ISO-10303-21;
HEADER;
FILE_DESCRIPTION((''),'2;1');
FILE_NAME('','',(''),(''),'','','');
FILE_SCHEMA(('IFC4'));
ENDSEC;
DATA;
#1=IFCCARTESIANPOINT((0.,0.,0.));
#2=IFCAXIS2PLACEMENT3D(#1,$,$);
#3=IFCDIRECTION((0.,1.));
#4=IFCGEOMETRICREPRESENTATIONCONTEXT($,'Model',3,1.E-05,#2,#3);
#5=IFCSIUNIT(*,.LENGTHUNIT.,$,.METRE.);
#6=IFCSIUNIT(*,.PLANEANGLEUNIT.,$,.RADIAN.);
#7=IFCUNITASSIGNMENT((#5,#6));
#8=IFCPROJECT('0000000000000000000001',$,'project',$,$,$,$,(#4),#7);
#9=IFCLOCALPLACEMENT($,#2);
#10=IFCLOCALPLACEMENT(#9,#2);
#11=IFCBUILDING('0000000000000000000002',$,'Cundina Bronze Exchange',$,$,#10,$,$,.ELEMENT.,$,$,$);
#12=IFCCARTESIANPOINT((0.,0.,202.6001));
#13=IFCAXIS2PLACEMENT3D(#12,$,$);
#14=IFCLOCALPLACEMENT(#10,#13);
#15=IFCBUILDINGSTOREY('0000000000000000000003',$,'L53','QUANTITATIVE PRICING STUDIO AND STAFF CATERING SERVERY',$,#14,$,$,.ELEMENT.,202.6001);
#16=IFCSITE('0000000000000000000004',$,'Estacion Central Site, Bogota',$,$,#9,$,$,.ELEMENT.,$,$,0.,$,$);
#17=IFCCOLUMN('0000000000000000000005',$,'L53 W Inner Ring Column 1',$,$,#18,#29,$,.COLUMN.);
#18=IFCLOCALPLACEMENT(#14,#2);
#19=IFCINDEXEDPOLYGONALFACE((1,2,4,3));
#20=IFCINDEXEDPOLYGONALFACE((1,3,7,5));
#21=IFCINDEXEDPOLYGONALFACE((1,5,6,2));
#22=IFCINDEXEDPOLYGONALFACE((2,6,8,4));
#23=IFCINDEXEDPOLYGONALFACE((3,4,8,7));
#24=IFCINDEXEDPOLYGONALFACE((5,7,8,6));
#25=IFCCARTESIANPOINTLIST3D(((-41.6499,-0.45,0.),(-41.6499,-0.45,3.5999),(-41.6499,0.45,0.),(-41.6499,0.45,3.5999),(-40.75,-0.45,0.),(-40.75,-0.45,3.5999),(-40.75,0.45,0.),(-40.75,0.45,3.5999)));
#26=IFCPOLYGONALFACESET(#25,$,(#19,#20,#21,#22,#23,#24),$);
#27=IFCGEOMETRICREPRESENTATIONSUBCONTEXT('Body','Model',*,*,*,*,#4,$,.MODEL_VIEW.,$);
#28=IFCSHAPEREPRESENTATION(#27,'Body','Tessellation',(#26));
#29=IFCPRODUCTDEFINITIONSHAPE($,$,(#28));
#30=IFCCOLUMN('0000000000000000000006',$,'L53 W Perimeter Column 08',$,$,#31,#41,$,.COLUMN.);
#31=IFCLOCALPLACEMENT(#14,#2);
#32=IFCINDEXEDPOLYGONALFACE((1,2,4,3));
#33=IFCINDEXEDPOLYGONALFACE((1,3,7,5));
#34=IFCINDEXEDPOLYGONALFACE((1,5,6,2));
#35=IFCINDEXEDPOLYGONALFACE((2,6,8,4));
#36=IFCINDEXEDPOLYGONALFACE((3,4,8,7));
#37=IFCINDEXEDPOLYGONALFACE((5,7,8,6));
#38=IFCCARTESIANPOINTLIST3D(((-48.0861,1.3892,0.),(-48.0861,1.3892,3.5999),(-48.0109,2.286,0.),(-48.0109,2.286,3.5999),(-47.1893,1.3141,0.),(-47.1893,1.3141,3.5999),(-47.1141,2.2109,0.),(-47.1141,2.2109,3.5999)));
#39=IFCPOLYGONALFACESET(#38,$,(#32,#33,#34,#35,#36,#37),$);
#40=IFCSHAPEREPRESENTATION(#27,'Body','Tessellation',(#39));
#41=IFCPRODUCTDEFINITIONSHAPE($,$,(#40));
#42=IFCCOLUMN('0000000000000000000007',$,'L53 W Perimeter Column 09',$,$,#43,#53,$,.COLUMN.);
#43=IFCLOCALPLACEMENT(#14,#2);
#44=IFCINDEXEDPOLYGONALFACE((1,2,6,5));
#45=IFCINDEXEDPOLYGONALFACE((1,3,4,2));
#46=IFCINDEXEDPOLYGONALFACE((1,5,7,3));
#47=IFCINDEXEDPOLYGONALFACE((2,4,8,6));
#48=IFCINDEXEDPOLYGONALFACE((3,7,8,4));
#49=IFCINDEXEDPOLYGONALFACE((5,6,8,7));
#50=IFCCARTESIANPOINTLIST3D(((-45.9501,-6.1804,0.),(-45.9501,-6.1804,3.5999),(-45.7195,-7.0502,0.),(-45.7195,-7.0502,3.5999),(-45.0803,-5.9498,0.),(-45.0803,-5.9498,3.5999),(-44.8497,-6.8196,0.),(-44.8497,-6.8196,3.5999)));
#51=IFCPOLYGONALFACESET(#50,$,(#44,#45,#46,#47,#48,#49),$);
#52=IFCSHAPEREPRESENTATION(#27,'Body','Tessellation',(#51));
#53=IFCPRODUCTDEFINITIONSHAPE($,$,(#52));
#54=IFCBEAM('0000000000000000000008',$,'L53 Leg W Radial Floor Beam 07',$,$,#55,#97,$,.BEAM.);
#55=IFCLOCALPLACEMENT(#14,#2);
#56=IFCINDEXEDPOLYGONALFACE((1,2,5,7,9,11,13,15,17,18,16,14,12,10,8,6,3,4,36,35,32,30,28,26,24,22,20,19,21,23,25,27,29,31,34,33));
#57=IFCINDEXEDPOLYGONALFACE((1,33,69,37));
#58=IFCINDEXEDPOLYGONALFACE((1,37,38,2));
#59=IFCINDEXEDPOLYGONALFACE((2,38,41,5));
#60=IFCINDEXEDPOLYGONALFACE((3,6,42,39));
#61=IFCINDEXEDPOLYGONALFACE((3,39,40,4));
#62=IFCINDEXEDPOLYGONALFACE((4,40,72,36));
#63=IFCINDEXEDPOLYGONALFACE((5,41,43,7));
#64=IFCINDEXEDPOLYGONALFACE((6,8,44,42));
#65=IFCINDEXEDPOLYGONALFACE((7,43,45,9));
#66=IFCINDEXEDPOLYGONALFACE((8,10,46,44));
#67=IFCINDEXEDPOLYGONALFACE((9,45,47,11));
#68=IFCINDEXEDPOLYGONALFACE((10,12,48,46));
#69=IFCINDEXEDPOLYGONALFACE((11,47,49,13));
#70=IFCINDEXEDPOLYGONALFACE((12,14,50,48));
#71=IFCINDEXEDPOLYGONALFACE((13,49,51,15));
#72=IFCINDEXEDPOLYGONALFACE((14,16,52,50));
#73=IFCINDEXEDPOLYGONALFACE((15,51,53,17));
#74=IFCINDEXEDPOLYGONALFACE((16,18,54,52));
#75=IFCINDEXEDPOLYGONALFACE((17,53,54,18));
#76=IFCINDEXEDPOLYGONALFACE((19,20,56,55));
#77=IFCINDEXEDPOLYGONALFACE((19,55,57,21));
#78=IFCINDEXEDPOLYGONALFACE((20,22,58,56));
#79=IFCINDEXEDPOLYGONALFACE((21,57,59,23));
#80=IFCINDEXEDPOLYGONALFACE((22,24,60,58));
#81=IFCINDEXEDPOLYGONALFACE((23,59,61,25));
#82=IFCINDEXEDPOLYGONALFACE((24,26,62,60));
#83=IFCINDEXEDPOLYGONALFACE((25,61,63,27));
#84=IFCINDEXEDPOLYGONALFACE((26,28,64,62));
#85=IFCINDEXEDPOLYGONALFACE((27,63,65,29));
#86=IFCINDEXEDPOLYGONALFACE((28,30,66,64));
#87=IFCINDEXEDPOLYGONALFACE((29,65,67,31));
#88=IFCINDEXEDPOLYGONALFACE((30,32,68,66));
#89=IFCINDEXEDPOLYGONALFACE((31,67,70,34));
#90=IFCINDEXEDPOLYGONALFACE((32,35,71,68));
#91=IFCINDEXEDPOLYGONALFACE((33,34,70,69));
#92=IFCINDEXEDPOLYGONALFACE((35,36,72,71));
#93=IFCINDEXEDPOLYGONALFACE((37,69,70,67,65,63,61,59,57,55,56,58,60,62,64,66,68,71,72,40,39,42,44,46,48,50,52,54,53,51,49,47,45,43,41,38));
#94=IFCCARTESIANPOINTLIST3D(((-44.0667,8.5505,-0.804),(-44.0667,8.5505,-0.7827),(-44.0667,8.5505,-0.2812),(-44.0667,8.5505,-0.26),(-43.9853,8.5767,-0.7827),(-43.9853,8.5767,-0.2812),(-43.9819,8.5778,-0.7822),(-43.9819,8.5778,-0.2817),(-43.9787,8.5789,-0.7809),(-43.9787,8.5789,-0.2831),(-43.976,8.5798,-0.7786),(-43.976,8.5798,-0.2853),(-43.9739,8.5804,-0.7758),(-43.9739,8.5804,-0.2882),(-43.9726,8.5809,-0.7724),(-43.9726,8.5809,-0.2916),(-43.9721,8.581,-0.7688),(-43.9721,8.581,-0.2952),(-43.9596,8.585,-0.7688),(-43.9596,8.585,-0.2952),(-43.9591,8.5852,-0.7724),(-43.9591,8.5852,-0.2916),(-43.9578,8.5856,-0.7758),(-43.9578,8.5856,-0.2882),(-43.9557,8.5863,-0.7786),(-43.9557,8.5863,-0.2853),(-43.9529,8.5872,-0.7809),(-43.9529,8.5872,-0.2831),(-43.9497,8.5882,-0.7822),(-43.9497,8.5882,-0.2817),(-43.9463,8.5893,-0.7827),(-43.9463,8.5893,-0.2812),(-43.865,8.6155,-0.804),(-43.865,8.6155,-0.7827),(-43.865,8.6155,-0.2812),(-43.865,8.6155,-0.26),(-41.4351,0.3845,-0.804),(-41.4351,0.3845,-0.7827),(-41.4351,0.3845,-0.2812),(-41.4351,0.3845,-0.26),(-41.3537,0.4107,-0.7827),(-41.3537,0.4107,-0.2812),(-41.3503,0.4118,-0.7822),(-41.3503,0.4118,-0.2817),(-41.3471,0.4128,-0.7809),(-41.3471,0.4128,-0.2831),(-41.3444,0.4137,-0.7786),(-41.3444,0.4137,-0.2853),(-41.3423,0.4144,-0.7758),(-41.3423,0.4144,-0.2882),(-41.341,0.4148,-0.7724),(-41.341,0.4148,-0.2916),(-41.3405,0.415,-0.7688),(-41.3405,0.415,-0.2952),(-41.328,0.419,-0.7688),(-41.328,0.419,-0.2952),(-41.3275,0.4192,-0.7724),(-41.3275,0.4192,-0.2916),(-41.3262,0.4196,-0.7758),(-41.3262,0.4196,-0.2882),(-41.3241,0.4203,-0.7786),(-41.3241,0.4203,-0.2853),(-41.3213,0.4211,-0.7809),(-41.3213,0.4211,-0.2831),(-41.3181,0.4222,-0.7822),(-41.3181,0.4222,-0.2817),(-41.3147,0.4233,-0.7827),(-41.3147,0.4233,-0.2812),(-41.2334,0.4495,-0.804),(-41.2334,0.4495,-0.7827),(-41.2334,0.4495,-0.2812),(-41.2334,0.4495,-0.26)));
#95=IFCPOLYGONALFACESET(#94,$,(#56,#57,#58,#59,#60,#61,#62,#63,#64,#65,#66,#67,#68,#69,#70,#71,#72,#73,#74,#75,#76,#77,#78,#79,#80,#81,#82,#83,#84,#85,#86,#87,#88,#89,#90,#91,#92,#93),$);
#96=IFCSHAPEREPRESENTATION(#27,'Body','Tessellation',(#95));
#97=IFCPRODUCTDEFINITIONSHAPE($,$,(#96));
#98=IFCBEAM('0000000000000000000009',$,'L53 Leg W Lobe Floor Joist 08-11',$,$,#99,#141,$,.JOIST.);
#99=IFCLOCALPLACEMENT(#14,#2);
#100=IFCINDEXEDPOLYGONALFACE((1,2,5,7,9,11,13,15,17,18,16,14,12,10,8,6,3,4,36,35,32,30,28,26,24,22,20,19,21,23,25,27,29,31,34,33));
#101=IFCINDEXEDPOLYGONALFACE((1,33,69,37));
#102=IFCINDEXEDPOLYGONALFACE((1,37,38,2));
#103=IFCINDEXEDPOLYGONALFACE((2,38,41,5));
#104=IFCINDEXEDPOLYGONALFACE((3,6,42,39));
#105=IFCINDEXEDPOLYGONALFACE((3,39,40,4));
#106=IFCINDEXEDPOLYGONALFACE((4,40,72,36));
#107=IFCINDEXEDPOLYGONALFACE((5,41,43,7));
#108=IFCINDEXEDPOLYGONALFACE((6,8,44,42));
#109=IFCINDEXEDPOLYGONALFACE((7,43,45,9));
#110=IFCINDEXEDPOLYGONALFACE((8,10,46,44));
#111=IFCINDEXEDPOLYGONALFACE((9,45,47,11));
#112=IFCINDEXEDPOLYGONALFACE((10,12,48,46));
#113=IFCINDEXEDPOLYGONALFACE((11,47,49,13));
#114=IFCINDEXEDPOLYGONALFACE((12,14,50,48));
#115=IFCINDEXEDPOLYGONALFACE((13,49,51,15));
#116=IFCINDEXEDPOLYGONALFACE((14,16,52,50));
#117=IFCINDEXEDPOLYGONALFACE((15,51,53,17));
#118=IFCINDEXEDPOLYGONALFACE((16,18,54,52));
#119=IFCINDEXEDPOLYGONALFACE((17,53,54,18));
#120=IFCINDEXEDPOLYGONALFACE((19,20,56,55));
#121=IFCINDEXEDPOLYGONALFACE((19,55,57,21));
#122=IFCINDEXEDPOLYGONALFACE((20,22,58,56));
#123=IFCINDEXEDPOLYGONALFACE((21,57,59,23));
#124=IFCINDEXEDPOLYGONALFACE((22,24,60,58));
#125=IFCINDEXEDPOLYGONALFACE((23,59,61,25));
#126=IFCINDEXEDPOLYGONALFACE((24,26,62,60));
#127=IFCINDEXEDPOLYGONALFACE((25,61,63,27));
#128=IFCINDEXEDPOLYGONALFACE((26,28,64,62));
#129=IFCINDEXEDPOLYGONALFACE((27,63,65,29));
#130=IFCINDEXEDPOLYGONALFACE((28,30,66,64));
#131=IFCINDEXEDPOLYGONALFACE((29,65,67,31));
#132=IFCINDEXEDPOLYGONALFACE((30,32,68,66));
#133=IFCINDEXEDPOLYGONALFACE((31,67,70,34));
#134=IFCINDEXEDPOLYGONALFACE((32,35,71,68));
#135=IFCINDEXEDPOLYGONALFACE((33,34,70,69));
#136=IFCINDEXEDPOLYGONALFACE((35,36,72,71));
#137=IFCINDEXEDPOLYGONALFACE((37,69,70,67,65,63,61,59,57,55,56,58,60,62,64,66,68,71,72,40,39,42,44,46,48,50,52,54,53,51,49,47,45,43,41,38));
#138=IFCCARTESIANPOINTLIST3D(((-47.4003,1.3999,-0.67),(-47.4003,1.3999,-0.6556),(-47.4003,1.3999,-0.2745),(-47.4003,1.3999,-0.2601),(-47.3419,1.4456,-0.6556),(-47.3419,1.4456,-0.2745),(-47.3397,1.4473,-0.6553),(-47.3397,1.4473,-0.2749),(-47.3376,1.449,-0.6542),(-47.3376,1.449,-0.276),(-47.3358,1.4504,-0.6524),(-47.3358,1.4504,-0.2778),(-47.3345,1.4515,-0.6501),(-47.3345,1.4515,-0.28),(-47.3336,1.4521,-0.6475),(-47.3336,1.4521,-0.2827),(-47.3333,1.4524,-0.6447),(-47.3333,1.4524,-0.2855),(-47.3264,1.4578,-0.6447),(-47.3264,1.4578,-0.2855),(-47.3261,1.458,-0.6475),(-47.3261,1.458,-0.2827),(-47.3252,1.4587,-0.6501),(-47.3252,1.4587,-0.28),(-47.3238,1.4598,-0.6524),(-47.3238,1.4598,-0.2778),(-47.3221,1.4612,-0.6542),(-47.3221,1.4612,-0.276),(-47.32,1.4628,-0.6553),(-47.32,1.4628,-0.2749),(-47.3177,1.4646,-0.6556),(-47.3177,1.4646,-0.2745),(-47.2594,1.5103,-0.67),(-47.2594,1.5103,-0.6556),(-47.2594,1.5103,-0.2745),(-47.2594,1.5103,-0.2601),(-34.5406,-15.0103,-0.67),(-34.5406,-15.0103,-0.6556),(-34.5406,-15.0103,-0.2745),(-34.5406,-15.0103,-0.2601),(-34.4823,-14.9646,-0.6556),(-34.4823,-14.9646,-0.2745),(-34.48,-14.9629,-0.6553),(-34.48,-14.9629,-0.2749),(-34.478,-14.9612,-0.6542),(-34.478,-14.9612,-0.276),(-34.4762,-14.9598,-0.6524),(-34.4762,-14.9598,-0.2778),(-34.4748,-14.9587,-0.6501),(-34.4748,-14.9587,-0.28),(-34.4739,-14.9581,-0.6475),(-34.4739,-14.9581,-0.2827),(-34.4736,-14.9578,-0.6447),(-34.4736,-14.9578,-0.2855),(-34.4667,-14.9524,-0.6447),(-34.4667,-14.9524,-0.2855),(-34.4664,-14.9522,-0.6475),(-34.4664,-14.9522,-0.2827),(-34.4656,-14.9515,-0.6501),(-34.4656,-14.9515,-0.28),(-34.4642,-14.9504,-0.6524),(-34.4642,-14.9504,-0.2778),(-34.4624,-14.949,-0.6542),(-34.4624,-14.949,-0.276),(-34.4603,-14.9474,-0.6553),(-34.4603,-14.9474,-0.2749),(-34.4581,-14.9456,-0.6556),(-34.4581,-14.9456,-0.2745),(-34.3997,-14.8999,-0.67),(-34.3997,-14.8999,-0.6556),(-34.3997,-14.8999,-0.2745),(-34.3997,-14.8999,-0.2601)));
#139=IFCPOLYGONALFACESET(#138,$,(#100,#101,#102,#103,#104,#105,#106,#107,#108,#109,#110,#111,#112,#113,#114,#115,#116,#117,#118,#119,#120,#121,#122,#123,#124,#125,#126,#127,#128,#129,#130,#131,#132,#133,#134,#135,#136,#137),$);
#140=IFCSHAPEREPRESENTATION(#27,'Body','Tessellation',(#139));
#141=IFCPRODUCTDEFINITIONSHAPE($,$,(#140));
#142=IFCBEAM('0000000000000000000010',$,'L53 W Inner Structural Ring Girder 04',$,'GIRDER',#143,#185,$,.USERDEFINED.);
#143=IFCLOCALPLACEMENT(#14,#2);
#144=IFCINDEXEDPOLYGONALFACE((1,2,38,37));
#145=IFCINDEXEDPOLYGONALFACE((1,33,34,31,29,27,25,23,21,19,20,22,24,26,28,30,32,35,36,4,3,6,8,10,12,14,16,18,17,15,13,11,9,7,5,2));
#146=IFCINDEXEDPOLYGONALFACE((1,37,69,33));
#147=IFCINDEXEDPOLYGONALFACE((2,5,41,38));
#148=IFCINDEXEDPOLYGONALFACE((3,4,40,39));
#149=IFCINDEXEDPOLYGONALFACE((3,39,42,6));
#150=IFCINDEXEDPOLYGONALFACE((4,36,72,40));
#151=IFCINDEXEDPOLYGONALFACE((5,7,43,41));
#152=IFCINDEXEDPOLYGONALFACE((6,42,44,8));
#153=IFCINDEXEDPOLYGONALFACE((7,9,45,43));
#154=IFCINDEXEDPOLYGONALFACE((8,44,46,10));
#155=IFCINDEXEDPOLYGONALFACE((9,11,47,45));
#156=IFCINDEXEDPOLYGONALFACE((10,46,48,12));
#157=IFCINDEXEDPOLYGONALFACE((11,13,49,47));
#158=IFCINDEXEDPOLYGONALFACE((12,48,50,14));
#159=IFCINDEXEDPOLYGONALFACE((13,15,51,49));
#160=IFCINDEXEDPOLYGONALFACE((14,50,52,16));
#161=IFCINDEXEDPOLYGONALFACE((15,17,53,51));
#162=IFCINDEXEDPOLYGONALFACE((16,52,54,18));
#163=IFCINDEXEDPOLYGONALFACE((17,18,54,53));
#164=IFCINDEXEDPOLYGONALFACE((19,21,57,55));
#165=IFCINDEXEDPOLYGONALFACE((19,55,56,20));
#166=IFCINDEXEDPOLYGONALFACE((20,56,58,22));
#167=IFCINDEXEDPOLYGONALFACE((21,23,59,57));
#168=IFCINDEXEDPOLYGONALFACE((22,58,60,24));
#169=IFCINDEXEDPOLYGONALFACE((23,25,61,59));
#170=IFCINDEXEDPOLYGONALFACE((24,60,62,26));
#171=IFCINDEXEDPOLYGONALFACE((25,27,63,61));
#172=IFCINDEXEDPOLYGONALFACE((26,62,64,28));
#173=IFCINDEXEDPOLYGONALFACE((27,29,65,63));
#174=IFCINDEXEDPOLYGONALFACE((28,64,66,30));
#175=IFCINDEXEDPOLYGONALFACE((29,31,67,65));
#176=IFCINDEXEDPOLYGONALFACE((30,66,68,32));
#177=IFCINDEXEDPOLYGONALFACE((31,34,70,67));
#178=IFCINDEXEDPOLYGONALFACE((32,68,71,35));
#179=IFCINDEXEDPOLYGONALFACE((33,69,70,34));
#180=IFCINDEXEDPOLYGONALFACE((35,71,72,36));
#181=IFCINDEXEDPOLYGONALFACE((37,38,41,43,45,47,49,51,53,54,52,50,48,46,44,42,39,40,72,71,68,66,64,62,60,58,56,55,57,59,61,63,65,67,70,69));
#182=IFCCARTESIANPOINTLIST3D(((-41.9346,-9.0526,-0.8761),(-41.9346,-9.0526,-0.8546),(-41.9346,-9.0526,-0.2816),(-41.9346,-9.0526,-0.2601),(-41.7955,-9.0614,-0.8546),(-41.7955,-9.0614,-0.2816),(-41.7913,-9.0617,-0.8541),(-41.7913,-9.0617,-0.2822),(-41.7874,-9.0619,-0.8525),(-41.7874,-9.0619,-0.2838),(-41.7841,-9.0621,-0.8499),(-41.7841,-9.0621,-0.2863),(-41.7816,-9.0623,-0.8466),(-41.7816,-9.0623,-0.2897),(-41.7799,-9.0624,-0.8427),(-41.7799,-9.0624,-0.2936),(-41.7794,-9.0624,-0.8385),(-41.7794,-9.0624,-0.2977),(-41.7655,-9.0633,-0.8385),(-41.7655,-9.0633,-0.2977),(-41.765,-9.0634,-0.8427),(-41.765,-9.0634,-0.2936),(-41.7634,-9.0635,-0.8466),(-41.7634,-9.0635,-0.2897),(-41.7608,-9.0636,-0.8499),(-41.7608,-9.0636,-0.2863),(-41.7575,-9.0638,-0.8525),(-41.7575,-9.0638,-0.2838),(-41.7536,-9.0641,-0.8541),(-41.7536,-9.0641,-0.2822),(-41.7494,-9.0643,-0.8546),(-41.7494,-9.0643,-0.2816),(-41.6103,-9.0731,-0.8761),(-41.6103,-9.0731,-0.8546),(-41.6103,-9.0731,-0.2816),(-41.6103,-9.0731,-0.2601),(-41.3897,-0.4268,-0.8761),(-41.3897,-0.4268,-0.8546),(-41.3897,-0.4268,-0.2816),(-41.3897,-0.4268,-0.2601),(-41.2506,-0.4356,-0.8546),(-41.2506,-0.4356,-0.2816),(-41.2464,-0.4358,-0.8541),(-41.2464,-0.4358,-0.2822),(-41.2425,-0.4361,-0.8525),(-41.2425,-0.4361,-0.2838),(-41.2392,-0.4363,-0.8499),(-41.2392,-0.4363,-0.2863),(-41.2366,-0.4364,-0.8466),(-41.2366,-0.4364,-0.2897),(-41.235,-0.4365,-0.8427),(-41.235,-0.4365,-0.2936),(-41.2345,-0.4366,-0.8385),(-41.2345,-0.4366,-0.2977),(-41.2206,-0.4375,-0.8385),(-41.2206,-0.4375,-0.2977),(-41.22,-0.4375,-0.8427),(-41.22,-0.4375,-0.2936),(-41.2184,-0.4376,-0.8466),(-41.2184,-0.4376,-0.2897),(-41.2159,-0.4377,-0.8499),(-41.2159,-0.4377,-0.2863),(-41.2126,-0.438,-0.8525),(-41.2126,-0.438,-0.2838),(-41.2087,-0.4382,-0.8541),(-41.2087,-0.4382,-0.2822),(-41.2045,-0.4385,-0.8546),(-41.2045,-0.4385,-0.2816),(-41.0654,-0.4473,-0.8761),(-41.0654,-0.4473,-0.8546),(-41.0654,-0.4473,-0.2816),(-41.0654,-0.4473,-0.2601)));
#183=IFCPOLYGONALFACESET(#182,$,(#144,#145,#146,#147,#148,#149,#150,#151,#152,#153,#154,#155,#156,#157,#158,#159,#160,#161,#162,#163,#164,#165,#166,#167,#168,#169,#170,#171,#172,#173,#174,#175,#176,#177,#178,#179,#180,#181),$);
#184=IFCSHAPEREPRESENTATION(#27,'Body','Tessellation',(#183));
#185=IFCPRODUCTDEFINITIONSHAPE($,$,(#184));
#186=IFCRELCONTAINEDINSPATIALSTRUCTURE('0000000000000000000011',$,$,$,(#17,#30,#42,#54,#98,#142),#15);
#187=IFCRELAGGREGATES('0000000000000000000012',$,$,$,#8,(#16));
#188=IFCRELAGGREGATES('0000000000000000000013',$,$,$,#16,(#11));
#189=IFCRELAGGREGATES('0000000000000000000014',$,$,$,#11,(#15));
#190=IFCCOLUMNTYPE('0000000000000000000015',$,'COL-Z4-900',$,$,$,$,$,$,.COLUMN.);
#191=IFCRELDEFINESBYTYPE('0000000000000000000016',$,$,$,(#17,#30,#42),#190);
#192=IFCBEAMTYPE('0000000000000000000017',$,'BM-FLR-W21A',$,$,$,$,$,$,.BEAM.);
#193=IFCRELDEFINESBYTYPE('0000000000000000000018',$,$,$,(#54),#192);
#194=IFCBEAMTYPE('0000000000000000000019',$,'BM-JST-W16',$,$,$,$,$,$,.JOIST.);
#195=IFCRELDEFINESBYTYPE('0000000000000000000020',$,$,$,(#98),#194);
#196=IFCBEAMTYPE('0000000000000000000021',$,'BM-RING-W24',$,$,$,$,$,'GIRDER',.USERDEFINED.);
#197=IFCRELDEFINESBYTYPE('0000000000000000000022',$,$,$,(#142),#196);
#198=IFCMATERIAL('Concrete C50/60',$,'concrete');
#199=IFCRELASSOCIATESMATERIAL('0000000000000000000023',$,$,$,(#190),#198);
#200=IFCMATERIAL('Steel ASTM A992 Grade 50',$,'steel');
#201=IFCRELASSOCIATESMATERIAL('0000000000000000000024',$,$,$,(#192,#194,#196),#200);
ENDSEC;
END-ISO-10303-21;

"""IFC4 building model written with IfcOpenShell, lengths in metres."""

from ifc_helpers import new_model, si_unit, direction, frame, origin, origin_2d, place, context, subcontext, project, spatial, rectangle, i_section, extrude, material, material_profile, profile_set, type_object, element, save


model = new_model("IFC4")

# Units and contexts
model_context = context("Model", 3, precision=1e-05, world=origin(), true_north=direction((0.0, 1.0)))
body_context = subcontext(model_context, "Body", "Model", "MODEL_VIEW")
ifc_project = project(units=[si_unit("LENGTHUNIT", "METRE"), si_unit("PLANEANGLEUNIT", "RADIAN")], contexts=[model_context])

# Site, building, storey
site_placement = place(None, origin())
site = spatial("IfcSite", under=ifc_project, at=site_placement, Name="Estacion Central Site, Bogota", CompositionType="ELEMENT", RefElevation=0.0)
building_placement = place(site_placement, origin())
building = spatial("IfcBuilding", under=site, at=building_placement, Name="Cundina Bronze Exchange", CompositionType="ELEMENT")
storey_placement = place(building_placement, frame((0.0, 0.0, 202.6001)))
storey = spatial("IfcBuildingStorey", under=building, at=storey_placement, Name="L53", Description="QUANTITATIVE PRICING STUDIO AND STAFF CATERING SERVERY", CompositionType="ELEMENT", Elevation=202.6001)

# Columns
ifc_material_1 = material(Name="Concrete C50/60", Category="concrete")
ifc_material_profile_1 = material_profile(ifc_material_1, rectangle(XDim=0.8999, YDim=0.8999, at=origin_2d()), Name="RC900X900", Category="concrete")
ifc_profile_set_1 = profile_set([ifc_material_profile_1], Name="Concrete C50/60")
column_type = type_object("IfcColumnType", Name="COL-Z4-900", PredefinedType="COLUMN", material=ifc_profile_set_1)
for number, where, z_axis, x_axis, name in (
    (1, (-41.2, 0.0, 0.0), (0.0, 0.0, 1.0), (1.0, 0.0, 0.0), "L53 W Inner Ring Column 1"),
    (2, (-47.6001, 1.8, 0.0), (0.0, 0.0, 1.0), (-0.083504, -0.996507, 0.0), "L53 W Perimeter Column 08"),
    (3, (-45.3999, -6.5, 0.0), (0.0, 0.0, 1.0), (0.256289, -0.9666, 0.0), "L53 W Perimeter Column 09"),
):
    element("IfcColumn", number, at=place(storey_placement, frame(where, z_axis=z_axis, x_axis=x_axis)), inside=storey, type_object=column_type, Name=name, PredefinedType="COLUMN", context=body_context, shape_type="SweptSolid", body=[
        extrude(rectangle(XDim=0.8999, YDim=0.8999, at=origin_2d()), origin(), (0.0, 0.0, 1.0), 3.5999),
    ])

# Beams
ifc_material_2 = material(Name="Steel ASTM A992 Grade 50", Category="steel")
ifc_material_profile_2 = material_profile(ifc_material_2, i_section(OverallWidth=0.2119, OverallDepth=0.5439, WebThickness=0.0132, FlangeThickness=0.0212, FilletRadius=0.0139, at=origin_2d()), Name="W21X83", Category="steel")
ifc_profile_set_2 = profile_set([ifc_material_profile_2], Name="Steel ASTM A992 Grade 50")
beam_type_1 = type_object("IfcBeamType", Name="BM-FLR-W21A", PredefinedType="BEAM", material=ifc_profile_set_2)
beam_1_placement = place(storey_placement, frame((-41.3342, 0.417, -0.532), z_axis=(-0.306728, 0.951797, 0.0), x_axis=(-0.951797, -0.306728, 0.0)))
element("IfcBeam", 4, at=beam_1_placement, inside=storey, type_object=beam_type_1, Name="L53 Leg W Radial Floor Beam 07", PredefinedType="BEAM", context=body_context, shape_type="SweptSolid", body=[
    extrude(i_section(OverallWidth=0.2119, OverallDepth=0.5439, WebThickness=0.0132, FlangeThickness=0.0212, FilletRadius=0.0139, at=origin_2d()), origin(), (0.0, 0.0, 1.0), 8.5796),
])
ifc_material_profile_3 = material_profile(ifc_material_2, i_section(OverallWidth=0.179, OverallDepth=0.4099, WebThickness=0.0088, FlangeThickness=0.0144, FilletRadius=0.011, at=origin_2d()), Name="W16X45", Category="steel")
ifc_profile_set_3 = profile_set([ifc_material_profile_3], Name="Steel ASTM A992 Grade 50")
beam_type_2 = type_object("IfcBeamType", Name="BM-JST-W16", PredefinedType="JOIST", material=ifc_profile_set_3)
beam_2_placement = place(storey_placement, frame((-47.3298, 1.4551, -0.4651), z_axis=(0.61681, -0.787112, 0.0), x_axis=(0.787112, 0.61681, 0.0)))
element("IfcBeam", 5, at=beam_2_placement, inside=storey, type_object=beam_type_2, Name="L53 Leg W Lobe Floor Joist 08-11", PredefinedType="JOIST", context=body_context, shape_type="SweptSolid", body=[
    extrude(i_section(OverallWidth=0.179, OverallDepth=0.4099, WebThickness=0.0088, FlangeThickness=0.0144, FilletRadius=0.011, at=origin_2d()), origin(), (0.0, 0.0, 1.0), 20.8486),
])
ifc_material_profile_4 = material_profile(ifc_material_2, i_section(OverallWidth=0.325, OverallDepth=0.616, WebThickness=0.0139, FlangeThickness=0.0215, FilletRadius=0.0161, at=origin_2d()), Name="W24X117", Category="steel")
ifc_profile_set_4 = profile_set([ifc_material_profile_4], Name="Steel ASTM A992 Grade 50")
beam_type_3 = type_object("IfcBeamType", Name="BM-RING-W24", ElementType="GIRDER", PredefinedType="USERDEFINED", material=ifc_profile_set_4)
beam_3_placement = place(storey_placement, frame((-41.2275, -0.437, -0.5681), z_axis=(-0.063047, -0.998011, 0.0), x_axis=(0.998011, -0.063047, 0.0)))
element("IfcBeam", 6, at=beam_3_placement, inside=storey, type_object=beam_type_3, Name="L53 W Inner Structural Ring Girder 04", ObjectType="GIRDER", PredefinedType="USERDEFINED", context=body_context, shape_type="SweptSolid", body=[
    extrude(i_section(OverallWidth=0.325, OverallDepth=0.616, WebThickness=0.0139, FlangeThickness=0.0215, FilletRadius=0.0161, at=origin_2d()), origin(), (0.0, 0.0, 1.0), 8.6431),
])

save(model, "model.ifc")
